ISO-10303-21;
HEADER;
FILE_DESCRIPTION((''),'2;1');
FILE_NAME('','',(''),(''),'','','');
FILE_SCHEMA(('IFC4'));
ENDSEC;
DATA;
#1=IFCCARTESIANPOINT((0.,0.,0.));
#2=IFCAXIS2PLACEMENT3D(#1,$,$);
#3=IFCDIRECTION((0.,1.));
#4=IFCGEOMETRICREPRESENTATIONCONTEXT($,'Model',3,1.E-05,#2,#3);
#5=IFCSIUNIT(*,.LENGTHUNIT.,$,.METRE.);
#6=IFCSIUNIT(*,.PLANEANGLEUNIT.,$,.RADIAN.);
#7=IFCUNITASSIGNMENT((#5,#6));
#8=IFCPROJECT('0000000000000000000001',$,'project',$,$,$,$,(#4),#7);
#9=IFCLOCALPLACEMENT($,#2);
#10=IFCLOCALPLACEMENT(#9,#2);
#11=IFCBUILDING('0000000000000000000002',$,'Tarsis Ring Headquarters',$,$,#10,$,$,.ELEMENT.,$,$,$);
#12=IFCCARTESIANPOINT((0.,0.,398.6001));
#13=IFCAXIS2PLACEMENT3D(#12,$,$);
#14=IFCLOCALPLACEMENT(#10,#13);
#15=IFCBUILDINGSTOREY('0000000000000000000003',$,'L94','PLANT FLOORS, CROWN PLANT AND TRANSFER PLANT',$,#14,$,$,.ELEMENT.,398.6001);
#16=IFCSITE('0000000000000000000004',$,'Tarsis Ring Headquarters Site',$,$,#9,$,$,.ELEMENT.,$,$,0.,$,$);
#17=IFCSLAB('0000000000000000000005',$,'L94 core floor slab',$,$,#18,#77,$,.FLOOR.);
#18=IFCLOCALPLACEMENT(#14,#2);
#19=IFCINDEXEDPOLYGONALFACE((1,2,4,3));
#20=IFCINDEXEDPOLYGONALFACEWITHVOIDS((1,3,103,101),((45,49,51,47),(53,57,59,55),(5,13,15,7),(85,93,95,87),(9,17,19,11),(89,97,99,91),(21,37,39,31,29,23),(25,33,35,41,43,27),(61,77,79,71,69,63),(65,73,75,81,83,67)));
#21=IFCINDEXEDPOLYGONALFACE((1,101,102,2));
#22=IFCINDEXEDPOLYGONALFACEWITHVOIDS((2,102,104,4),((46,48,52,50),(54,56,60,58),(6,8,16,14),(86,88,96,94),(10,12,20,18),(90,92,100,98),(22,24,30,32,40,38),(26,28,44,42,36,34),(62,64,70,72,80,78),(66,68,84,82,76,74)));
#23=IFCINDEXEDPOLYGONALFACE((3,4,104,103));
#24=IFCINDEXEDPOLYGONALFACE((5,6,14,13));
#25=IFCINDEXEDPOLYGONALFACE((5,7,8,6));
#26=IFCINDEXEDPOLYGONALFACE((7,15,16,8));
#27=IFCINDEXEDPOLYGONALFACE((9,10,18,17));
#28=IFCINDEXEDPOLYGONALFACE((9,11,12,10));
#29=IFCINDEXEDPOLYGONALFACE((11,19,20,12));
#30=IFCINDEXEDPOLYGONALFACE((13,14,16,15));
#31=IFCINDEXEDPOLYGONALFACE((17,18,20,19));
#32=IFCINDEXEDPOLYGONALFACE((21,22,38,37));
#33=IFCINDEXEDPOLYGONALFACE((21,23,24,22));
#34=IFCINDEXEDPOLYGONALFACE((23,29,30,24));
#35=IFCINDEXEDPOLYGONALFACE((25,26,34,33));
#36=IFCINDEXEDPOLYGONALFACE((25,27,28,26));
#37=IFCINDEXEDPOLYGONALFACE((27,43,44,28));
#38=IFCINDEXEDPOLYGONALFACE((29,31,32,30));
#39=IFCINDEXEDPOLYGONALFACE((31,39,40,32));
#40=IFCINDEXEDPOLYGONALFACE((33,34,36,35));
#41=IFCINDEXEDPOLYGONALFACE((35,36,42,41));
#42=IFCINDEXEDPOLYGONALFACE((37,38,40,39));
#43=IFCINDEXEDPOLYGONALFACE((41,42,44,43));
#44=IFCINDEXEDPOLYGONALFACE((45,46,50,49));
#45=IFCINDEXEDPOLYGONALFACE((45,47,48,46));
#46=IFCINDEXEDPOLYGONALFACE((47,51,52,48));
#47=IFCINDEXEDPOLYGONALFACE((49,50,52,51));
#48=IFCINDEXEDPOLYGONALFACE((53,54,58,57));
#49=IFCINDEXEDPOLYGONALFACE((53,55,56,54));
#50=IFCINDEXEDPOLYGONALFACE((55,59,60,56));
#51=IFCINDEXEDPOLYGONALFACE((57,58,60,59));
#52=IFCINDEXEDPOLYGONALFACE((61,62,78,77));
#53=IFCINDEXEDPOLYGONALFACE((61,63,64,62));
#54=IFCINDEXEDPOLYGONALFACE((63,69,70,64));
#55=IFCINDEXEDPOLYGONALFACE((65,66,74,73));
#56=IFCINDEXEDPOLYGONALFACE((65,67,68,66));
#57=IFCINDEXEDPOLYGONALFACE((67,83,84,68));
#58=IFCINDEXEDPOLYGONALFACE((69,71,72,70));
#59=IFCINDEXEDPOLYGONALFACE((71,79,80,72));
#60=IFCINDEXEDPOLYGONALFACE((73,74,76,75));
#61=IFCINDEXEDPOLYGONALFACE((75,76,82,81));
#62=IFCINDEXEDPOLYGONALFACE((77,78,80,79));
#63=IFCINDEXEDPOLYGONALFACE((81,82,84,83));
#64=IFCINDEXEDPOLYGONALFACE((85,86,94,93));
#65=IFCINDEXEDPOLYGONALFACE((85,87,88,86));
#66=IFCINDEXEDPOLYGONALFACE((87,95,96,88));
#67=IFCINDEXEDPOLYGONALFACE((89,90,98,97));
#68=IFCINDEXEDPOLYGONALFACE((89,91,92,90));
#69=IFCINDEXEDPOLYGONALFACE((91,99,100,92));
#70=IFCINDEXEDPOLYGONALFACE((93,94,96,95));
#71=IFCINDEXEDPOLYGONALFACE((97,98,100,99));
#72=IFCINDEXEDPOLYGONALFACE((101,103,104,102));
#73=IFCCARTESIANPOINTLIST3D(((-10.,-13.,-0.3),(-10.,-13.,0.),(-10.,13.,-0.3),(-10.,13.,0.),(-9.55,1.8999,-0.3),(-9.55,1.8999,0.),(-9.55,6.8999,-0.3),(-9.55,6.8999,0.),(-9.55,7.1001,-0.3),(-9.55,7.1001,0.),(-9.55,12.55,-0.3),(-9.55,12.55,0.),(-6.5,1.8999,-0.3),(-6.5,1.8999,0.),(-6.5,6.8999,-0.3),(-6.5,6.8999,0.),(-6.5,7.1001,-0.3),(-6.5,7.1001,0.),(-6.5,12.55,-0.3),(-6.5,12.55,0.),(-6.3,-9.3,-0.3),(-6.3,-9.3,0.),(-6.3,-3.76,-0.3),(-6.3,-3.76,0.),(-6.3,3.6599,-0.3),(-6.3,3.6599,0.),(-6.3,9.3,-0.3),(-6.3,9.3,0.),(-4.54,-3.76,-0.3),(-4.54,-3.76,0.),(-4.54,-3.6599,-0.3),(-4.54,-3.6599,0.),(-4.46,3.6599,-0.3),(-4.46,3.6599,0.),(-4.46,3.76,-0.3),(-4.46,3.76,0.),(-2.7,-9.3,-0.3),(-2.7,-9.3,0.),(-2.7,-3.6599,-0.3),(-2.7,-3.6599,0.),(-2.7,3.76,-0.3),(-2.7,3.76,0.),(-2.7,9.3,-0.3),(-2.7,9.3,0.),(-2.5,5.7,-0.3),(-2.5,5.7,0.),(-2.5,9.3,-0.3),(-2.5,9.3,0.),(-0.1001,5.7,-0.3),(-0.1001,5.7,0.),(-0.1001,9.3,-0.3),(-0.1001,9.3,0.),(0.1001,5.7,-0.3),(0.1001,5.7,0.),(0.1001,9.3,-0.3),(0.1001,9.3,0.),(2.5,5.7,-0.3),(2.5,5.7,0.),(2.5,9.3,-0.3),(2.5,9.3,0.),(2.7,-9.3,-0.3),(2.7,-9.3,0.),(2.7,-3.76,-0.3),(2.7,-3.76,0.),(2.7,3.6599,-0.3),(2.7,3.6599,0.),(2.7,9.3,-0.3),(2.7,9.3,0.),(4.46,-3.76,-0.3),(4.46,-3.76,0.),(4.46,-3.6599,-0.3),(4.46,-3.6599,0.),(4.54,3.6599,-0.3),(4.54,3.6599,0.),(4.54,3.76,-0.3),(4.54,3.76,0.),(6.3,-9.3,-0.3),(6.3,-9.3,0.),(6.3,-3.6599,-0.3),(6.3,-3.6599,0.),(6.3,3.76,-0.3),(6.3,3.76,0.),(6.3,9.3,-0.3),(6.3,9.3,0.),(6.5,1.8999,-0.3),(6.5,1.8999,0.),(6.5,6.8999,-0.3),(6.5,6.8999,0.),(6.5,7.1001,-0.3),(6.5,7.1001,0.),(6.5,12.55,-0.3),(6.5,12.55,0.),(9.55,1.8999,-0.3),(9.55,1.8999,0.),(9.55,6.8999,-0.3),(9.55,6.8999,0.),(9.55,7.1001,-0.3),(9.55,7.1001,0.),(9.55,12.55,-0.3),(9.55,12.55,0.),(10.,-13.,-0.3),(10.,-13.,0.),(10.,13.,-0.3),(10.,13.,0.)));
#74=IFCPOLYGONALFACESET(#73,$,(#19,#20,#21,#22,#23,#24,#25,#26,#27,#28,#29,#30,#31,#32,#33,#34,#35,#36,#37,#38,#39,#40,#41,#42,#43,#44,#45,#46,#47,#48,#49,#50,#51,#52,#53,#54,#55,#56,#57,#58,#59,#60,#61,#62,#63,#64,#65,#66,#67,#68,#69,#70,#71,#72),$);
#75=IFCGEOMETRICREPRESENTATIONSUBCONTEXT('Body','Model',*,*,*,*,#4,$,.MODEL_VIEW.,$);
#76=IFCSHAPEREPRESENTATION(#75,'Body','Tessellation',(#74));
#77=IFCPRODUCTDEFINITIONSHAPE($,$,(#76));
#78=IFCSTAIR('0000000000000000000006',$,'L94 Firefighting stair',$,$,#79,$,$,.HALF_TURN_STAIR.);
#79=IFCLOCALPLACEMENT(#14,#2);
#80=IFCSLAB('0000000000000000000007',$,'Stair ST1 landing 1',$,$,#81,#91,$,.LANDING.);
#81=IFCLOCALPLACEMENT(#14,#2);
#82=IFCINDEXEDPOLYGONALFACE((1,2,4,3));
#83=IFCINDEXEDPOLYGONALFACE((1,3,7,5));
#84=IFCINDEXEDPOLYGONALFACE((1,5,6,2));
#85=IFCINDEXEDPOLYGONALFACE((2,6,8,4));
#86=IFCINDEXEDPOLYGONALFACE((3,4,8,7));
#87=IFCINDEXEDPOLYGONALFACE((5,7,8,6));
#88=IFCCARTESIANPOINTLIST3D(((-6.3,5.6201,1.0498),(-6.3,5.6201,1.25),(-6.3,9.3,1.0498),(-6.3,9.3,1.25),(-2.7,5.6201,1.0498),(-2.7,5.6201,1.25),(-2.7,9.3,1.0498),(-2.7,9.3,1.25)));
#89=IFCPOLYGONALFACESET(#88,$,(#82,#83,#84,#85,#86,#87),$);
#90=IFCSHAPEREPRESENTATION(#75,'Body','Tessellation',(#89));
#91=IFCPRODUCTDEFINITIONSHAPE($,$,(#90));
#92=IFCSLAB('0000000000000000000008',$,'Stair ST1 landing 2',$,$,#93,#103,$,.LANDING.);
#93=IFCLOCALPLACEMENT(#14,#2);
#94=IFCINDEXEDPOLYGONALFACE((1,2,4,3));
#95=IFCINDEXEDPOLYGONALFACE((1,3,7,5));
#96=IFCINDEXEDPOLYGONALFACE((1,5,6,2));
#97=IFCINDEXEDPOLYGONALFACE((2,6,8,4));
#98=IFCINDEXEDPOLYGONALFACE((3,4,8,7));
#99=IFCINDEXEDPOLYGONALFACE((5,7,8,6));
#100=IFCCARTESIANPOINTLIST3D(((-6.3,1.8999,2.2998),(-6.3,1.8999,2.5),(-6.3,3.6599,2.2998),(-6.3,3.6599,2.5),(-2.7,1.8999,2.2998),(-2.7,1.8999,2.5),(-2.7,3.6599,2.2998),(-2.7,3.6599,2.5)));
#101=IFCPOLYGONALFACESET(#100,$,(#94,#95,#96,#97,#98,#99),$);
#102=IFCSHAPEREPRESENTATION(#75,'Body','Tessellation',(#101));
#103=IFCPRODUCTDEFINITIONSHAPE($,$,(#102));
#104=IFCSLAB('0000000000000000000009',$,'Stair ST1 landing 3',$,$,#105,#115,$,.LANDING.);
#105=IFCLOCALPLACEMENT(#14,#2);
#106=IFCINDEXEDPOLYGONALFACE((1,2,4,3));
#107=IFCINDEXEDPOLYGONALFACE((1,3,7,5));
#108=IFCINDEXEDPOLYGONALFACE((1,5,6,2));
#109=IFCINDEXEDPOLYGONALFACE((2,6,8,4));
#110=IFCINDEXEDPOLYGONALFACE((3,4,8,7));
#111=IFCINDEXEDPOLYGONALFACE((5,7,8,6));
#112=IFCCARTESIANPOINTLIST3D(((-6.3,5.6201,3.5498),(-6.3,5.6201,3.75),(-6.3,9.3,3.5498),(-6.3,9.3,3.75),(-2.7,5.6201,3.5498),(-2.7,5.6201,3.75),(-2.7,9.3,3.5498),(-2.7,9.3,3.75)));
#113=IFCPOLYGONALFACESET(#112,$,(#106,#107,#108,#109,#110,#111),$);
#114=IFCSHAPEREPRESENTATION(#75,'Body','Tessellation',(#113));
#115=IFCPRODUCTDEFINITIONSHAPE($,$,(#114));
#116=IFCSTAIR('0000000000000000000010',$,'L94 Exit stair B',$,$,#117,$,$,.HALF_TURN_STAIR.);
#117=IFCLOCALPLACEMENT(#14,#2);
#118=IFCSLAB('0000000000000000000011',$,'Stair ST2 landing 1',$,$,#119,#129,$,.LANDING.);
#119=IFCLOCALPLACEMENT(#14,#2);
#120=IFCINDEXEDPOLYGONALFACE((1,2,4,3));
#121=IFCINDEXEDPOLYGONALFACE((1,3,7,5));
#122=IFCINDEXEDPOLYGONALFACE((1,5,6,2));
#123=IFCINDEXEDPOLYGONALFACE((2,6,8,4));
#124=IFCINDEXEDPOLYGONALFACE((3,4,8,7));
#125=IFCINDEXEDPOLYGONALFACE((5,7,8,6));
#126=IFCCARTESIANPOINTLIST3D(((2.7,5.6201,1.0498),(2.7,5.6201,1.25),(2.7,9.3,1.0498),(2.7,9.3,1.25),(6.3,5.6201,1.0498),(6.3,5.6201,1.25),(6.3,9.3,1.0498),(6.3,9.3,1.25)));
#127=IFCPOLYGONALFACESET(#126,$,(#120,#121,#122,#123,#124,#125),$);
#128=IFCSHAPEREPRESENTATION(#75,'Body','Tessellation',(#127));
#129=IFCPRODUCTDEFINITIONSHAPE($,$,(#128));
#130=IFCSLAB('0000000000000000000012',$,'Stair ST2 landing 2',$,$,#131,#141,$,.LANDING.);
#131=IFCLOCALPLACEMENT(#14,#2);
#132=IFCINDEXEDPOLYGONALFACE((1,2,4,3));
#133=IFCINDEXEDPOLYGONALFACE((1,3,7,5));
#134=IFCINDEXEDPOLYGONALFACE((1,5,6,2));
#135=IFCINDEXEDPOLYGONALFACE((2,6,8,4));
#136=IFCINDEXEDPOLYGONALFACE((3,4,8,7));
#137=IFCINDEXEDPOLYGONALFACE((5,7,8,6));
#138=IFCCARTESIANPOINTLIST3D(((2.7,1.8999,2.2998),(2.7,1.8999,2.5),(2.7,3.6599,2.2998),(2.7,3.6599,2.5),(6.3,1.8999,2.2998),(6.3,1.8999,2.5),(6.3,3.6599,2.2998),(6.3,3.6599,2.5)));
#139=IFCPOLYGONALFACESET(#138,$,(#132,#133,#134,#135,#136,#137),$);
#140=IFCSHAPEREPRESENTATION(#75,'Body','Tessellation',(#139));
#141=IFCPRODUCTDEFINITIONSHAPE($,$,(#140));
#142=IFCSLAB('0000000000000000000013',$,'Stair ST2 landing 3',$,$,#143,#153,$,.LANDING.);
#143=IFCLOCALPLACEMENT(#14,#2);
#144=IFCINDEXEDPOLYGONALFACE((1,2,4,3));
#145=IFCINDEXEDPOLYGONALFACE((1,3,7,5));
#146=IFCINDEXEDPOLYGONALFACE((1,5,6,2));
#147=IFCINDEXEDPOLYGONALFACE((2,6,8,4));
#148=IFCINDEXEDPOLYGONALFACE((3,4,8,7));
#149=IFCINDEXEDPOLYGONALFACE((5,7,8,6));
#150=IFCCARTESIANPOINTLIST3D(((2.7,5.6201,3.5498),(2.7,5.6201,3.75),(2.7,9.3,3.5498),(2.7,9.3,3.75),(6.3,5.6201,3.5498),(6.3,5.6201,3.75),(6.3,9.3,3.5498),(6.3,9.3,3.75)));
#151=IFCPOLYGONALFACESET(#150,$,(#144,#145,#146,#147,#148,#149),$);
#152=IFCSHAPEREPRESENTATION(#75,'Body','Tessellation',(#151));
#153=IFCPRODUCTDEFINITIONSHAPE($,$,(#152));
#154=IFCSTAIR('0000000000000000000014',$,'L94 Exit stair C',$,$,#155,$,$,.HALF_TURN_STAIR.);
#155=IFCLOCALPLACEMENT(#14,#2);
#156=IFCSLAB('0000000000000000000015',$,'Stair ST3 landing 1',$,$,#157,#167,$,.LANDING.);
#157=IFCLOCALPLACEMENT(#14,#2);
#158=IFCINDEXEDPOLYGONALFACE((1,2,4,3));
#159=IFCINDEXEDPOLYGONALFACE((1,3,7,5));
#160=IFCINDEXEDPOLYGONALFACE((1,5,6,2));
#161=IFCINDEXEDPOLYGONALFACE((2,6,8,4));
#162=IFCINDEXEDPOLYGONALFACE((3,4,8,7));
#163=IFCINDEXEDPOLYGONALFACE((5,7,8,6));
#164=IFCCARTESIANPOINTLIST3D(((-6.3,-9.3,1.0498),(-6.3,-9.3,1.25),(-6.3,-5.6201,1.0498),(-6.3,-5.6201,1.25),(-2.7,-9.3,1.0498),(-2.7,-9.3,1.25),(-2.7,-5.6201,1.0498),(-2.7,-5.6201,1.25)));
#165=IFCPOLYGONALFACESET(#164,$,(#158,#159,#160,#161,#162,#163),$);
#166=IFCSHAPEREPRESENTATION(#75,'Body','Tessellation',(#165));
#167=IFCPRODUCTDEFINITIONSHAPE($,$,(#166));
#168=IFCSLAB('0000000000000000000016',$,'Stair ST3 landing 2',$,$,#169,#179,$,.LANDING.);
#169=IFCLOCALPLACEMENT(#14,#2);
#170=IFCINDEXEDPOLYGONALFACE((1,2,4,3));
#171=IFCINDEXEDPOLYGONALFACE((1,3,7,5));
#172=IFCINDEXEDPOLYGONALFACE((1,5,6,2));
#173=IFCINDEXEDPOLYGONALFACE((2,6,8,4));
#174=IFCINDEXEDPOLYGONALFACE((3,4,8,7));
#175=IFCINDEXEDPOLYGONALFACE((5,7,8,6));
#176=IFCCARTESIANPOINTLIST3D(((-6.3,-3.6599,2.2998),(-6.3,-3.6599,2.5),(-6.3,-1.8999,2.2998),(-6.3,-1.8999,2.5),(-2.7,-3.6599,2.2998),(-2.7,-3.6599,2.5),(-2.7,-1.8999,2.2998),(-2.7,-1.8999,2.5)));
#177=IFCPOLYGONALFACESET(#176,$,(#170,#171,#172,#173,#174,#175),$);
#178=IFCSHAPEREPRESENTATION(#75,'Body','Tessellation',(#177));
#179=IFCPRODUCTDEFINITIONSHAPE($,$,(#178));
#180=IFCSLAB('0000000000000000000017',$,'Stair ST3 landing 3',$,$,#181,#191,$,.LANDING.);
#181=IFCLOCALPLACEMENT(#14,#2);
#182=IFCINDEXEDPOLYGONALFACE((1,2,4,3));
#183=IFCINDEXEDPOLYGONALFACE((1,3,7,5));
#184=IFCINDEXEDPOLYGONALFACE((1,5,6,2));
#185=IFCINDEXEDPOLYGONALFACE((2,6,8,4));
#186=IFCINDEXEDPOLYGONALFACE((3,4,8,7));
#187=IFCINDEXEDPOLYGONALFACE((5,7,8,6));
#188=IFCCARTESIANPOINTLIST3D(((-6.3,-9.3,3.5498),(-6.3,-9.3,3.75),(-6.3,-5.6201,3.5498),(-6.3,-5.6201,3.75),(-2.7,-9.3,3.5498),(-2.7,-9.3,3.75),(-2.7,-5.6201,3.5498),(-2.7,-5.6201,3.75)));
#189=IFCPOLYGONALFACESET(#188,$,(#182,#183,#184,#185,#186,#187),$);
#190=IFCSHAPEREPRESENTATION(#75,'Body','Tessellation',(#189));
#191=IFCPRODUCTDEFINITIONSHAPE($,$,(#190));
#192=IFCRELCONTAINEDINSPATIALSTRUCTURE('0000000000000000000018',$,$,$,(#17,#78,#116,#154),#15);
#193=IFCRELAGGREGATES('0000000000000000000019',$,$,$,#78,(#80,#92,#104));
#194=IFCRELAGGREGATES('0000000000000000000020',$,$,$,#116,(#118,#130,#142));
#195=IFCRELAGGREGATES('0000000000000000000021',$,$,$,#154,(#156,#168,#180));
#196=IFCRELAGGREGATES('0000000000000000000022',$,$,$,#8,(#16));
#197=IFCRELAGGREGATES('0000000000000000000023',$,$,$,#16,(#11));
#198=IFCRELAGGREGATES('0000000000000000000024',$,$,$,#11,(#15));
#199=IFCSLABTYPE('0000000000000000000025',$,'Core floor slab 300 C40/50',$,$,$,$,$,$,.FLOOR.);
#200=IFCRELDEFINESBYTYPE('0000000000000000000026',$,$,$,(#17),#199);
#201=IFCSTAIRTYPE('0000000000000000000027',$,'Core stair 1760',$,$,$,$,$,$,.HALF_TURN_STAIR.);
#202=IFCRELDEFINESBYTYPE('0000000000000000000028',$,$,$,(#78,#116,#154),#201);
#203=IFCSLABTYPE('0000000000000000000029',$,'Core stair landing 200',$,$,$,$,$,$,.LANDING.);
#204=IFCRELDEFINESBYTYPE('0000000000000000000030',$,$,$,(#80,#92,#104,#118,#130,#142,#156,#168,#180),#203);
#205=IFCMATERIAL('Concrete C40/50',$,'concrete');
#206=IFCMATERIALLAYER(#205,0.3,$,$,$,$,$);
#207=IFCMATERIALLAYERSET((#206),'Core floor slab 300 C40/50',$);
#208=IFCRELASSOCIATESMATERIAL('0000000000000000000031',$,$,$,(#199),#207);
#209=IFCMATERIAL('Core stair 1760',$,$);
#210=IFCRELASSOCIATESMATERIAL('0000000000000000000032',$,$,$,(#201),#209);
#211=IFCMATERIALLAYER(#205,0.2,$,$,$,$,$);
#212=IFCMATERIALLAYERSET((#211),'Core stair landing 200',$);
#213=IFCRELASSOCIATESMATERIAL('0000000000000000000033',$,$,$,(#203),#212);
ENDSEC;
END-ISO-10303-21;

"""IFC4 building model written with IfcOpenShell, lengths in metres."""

from ifc_helpers import new_model, si_unit, direction, frame, origin, place, context, subcontext, project, spatial, polyline, outline, extrude, material, layer, layer_set, type_object, element, aggregate, save


model = new_model("IFC4")

# Units and contexts
model_context = context("Model", 3, precision=1e-05, world=origin(), true_north=direction((0.0, 1.0)))
body_context = subcontext(model_context, "Body", "Model", "MODEL_VIEW")
ifc_project = project(units=[si_unit("LENGTHUNIT", "METRE"), si_unit("PLANEANGLEUNIT", "RADIAN")], contexts=[model_context])

# Site, building, storey
site_placement = place(None, origin())
site = spatial("IfcSite", under=ifc_project, at=site_placement, Name="Tarsis Ring Headquarters Site", CompositionType="ELEMENT", RefElevation=0.0)
building_placement = place(site_placement, origin())
building = spatial("IfcBuilding", under=site, at=building_placement, Name="Tarsis Ring Headquarters", CompositionType="ELEMENT")
storey_placement = place(building_placement, frame((0.0, 0.0, 398.6001)))
storey = spatial("IfcBuildingStorey", under=building, at=storey_placement, Name="L94", Description="PLANT FLOORS, CROWN PLANT AND TRANSFER PLANT", CompositionType="ELEMENT", Elevation=398.6001)

# Shared definitions
ifc_material_1 = material(Name="Concrete C40/50", Category="concrete")

# Slab
ifc_layer_1 = layer(ifc_material_1, 0.3)
ifc_layer_set_1 = layer_set([ifc_layer_1], Name="Core floor slab 300 C40/50")
slab_type_1 = type_object("IfcSlabType", Name="Core floor slab 300 C40/50", PredefinedType="FLOOR", material=ifc_layer_set_1)
slab_1_placement = place(storey_placement, frame((0.0, 0.0, -0.3)))
element("IfcSlab", 1, at=slab_1_placement, inside=storey, type_object=slab_type_1, Name="L94 core floor slab", PredefinedType="FLOOR", context=body_context, shape_type="SweptSolid", body=[
    extrude(outline(polyline([(-10.0, -13.0), (10.0, -13.0), (10.0, 13.0), (-10.0, 13.0), (-10.0, -13.0)]), holes=[polyline([(-2.5, 5.7), (-0.1001, 5.7), (-0.1001, 9.3), (-2.5, 9.3), (-2.5, 5.7)]), polyline([(0.1001, 5.7), (2.5, 5.7), (2.5, 9.3), (0.1001, 9.3), (0.1001, 5.7)]), polyline([(-9.55, 1.8999), (-6.5, 1.8999), (-6.5, 6.8999), (-9.55, 6.8999), (-9.55, 1.8999)]), polyline([(-9.55, 7.1001), (-6.5, 7.1001), (-6.5, 12.55), (-9.55, 12.55), (-9.55, 7.1001)]), polyline([(6.5, 1.8999), (9.55, 1.8999), (9.55, 6.8999), (6.5, 6.8999), (6.5, 1.8999)]), polyline([(6.5, 7.1001), (9.55, 7.1001), (9.55, 12.55), (6.5, 12.55), (6.5, 7.1001)]), polyline([(-2.7, 3.76), (-2.7, 9.3), (-6.3, 9.3), (-6.3, 3.6599), (-4.46, 3.6599), (-4.46, 3.76), (-2.7, 3.76)]), polyline([(6.3, 3.76), (6.3, 9.3), (2.7, 9.3), (2.7, 3.6599), (4.54, 3.6599), (4.54, 3.76), (6.3, 3.76)]), polyline([(-6.3, -3.76), (-6.3, -9.3), (-2.7, -9.3), (-2.7, -3.6599), (-4.54, -3.6599), (-4.54, -3.76), (-6.3, -3.76)]), polyline([(2.7, -3.76), (2.7, -9.3), (6.3, -9.3), (6.3, -3.6599), (4.46, -3.6599), (4.46, -3.76), (2.7, -3.76)])]), origin(), (0.0, 0.0, 1.0), 0.3),
])

# Stairs, slabs
ifc_material_2 = material(Name="Core stair 1760")
stair_type = type_object("IfcStairType", Name="Core stair 1760", PredefinedType="HALF_TURN_STAIR", material=ifc_material_2)
stair_1_placement = place(storey_placement, origin())
stair_1 = element("IfcStair", 2, at=stair_1_placement, inside=storey, type_object=stair_type, Name="L94 Firefighting stair", PredefinedType="HALF_TURN_STAIR")
ifc_layer_2 = layer(ifc_material_1, 0.2)
ifc_layer_set_2 = layer_set([ifc_layer_2], Name="Core stair landing 200")
slab_type_2 = type_object("IfcSlabType", Name="Core stair landing 200", PredefinedType="LANDING", material=ifc_layer_set_2)
slab_2_placement = place(storey_placement, frame((0.0, 0.0, 1.0498)))
slab_2 = element("IfcSlab", 3, at=slab_2_placement, type_object=slab_type_2, Name="Stair ST1 landing 1", PredefinedType="LANDING", context=body_context, shape_type="SweptSolid", body=[
    extrude(outline(polyline([(-2.7, 5.6201), (-2.7, 9.3), (-6.3, 9.3), (-6.3, 5.6201), (-2.7, 5.6201)])), origin(), (0.0, 0.0, 1.0), 0.2002),
])
slab_3_placement = place(storey_placement, frame((0.0, 0.0, 2.2998)))
slab_3 = element("IfcSlab", 4, at=slab_3_placement, type_object=slab_type_2, Name="Stair ST1 landing 2", PredefinedType="LANDING", context=body_context, shape_type="SweptSolid", body=[
    extrude(outline(polyline([(-2.7, 1.8999), (-2.7, 3.6599), (-6.3, 3.6599), (-6.3, 1.8999), (-2.7, 1.8999)])), origin(), (0.0, 0.0, 1.0), 0.2002),
])
slab_4_placement = place(storey_placement, frame((0.0, 0.0, 3.5498)))
slab_4 = element("IfcSlab", 5, at=slab_4_placement, type_object=slab_type_2, Name="Stair ST1 landing 3", PredefinedType="LANDING", context=body_context, shape_type="SweptSolid", body=[
    extrude(outline(polyline([(-2.7, 5.6201), (-2.7, 9.3), (-6.3, 9.3), (-6.3, 5.6201), (-2.7, 5.6201)])), origin(), (0.0, 0.0, 1.0), 0.2002),
])
aggregate(stair_1, [slab_2, slab_3, slab_4])
stair_2_placement = place(storey_placement, origin())
stair_2 = element("IfcStair", 6, at=stair_2_placement, inside=storey, type_object=stair_type, Name="L94 Exit stair B", PredefinedType="HALF_TURN_STAIR")
slab_5_placement = place(storey_placement, frame((0.0, 0.0, 1.0498)))
slab_5 = element("IfcSlab", 7, at=slab_5_placement, type_object=slab_type_2, Name="Stair ST2 landing 1", PredefinedType="LANDING", context=body_context, shape_type="SweptSolid", body=[
    extrude(outline(polyline([(6.3, 5.6201), (6.3, 9.3), (2.7, 9.3), (2.7, 5.6201), (6.3, 5.6201)])), origin(), (0.0, 0.0, 1.0), 0.2002),
])
slab_6_placement = place(storey_placement, frame((0.0, 0.0, 2.2998)))
slab_6 = element("IfcSlab", 8, at=slab_6_placement, type_object=slab_type_2, Name="Stair ST2 landing 2", PredefinedType="LANDING", context=body_context, shape_type="SweptSolid", body=[
    extrude(outline(polyline([(6.3, 1.8999), (6.3, 3.6599), (2.7, 3.6599), (2.7, 1.8999), (6.3, 1.8999)])), origin(), (0.0, 0.0, 1.0), 0.2002),
])
slab_7_placement = place(storey_placement, frame((0.0, 0.0, 3.5498)))
slab_7 = element("IfcSlab", 9, at=slab_7_placement, type_object=slab_type_2, Name="Stair ST2 landing 3", PredefinedType="LANDING", context=body_context, shape_type="SweptSolid", body=[
    extrude(outline(polyline([(6.3, 5.6201), (6.3, 9.3), (2.7, 9.3), (2.7, 5.6201), (6.3, 5.6201)])), origin(), (0.0, 0.0, 1.0), 0.2002),
])
aggregate(stair_2, [slab_5, slab_6, slab_7])
stair_3_placement = place(storey_placement, origin())
stair_3 = element("IfcStair", 10, at=stair_3_placement, inside=storey, type_object=stair_type, Name="L94 Exit stair C", PredefinedType="HALF_TURN_STAIR")
slab_8_placement = place(storey_placement, frame((0.0, 0.0, 1.0498)))
slab_8 = element("IfcSlab", 11, at=slab_8_placement, type_object=slab_type_2, Name="Stair ST3 landing 1", PredefinedType="LANDING", context=body_context, shape_type="SweptSolid", body=[
    extrude(outline(polyline([(-6.3, -5.6201), (-6.3, -9.3), (-2.7, -9.3), (-2.7, -5.6201), (-6.3, -5.6201)])), origin(), (0.0, 0.0, 1.0), 0.2002),
])
slab_9_placement = place(storey_placement, frame((0.0, 0.0, 2.2998)))
slab_9 = element("IfcSlab", 12, at=slab_9_placement, type_object=slab_type_2, Name="Stair ST3 landing 2", PredefinedType="LANDING", context=body_context, shape_type="SweptSolid", body=[
    extrude(outline(polyline([(-6.3, -1.8999), (-6.3, -3.6599), (-2.7, -3.6599), (-2.7, -1.8999), (-6.3, -1.8999)])), origin(), (0.0, 0.0, 1.0), 0.2002),
])
slab_10_placement = place(storey_placement, frame((0.0, 0.0, 3.5498)))
slab_10 = element("IfcSlab", 13, at=slab_10_placement, type_object=slab_type_2, Name="Stair ST3 landing 3", PredefinedType="LANDING", context=body_context, shape_type="SweptSolid", body=[
    extrude(outline(polyline([(-6.3, -5.6201), (-6.3, -9.3), (-2.7, -9.3), (-2.7, -5.6201), (-6.3, -5.6201)])), origin(), (0.0, 0.0, 1.0), 0.2002),
])
aggregate(stair_3, [slab_8, slab_9, slab_10])

save(model, "model.ifc")
